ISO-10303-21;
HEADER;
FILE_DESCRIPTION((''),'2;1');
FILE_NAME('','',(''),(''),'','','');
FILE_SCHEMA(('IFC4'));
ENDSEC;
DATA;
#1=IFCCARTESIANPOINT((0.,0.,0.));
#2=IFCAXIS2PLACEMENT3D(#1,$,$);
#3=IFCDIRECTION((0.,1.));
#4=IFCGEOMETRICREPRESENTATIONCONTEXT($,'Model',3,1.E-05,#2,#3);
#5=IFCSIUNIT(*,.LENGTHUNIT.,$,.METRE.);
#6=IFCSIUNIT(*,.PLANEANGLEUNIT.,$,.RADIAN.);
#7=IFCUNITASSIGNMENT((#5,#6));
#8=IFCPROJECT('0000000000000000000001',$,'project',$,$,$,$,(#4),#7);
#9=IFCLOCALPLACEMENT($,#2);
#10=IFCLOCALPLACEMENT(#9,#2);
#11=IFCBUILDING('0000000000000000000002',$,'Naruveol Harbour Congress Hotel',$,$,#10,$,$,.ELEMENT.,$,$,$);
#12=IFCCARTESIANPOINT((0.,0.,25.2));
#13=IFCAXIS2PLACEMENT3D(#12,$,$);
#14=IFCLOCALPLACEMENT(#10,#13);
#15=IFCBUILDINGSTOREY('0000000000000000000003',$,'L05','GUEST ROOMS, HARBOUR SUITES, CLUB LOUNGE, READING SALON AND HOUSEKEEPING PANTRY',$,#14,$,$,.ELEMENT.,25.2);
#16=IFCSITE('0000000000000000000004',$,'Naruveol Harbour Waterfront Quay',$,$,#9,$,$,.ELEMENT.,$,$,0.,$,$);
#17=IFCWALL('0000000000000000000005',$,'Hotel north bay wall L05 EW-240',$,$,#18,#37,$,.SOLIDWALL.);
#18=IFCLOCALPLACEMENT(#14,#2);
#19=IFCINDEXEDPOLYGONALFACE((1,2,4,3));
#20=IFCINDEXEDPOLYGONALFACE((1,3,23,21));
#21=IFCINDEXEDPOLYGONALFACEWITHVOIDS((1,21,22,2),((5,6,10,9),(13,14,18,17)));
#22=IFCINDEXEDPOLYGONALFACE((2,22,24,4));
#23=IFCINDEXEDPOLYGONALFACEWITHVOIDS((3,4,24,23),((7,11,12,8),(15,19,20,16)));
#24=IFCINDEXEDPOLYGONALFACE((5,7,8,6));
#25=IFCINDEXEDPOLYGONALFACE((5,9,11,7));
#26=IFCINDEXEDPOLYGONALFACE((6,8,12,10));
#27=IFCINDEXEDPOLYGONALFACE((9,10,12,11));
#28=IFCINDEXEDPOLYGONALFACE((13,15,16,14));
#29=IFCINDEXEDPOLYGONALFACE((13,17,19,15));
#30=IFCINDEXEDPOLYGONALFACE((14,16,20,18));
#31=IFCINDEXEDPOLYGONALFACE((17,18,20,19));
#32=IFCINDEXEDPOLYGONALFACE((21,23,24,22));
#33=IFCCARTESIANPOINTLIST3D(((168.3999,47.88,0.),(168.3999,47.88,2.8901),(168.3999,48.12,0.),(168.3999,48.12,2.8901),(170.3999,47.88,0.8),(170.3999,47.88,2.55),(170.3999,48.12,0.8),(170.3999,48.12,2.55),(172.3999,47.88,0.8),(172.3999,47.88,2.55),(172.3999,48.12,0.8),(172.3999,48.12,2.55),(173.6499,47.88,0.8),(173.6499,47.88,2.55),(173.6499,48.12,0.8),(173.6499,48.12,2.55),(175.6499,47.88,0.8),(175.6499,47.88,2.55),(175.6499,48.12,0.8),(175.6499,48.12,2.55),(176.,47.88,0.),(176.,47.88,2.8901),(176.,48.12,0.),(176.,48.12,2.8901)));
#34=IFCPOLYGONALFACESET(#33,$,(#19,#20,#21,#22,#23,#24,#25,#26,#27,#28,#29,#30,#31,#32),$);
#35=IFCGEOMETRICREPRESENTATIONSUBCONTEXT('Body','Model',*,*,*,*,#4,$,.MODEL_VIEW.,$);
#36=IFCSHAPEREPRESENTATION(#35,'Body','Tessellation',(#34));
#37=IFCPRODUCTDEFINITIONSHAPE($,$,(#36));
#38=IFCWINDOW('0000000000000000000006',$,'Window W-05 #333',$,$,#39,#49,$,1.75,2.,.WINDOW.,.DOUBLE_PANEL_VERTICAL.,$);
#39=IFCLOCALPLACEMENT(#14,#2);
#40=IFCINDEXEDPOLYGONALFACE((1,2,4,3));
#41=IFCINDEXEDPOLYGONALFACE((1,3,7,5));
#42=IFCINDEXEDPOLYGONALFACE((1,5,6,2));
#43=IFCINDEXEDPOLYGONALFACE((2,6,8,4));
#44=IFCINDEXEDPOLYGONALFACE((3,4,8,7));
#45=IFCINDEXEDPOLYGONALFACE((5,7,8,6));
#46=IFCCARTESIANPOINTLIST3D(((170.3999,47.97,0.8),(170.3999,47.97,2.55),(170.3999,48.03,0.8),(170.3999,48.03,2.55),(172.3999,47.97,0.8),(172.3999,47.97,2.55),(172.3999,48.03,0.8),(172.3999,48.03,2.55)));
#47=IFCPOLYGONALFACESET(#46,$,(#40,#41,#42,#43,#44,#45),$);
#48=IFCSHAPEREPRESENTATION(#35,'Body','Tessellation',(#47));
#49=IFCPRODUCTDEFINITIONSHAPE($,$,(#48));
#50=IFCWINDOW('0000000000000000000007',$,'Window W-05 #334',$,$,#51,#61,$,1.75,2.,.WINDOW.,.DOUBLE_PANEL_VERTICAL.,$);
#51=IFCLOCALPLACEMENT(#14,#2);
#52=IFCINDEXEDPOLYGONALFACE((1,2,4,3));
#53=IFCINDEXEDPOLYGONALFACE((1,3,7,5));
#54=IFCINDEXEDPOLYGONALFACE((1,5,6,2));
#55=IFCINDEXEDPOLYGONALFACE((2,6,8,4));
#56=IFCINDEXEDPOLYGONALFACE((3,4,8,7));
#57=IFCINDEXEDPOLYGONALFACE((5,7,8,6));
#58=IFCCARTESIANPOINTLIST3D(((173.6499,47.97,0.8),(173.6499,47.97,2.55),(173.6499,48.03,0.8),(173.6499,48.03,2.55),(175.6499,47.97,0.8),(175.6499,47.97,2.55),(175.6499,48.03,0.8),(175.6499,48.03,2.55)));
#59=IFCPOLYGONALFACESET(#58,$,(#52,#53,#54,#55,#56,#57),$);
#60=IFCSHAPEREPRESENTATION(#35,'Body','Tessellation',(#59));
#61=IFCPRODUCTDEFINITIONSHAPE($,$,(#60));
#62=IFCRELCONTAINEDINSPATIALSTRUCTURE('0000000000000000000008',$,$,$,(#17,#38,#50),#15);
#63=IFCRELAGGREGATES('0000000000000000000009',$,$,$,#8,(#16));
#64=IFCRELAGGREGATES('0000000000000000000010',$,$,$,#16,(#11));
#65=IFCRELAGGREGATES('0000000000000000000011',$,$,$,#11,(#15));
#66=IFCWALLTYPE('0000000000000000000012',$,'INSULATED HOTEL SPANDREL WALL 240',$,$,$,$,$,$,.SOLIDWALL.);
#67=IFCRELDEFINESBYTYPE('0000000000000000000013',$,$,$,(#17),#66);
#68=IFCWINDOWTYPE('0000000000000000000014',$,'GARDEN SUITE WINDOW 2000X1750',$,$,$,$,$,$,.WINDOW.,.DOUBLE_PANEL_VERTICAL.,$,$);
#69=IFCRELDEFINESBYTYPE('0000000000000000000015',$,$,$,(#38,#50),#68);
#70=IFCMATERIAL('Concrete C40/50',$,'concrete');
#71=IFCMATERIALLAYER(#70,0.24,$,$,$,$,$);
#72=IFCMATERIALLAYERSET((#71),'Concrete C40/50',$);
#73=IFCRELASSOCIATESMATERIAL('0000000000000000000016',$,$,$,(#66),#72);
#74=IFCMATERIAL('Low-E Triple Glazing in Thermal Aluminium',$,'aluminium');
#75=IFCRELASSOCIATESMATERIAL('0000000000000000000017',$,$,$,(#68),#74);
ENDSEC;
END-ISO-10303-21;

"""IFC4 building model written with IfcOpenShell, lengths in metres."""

from ifc_helpers import new_model, si_unit, direction, frame, frame_2d, origin, place, context, subcontext, project, spatial, rectangle, extrude, material, layer, layer_set, type_object, element, fill, save


model = new_model("IFC4")

# Units and contexts
model_context = context("Model", 3, precision=1e-05, world=origin(), true_north=direction((0.0, 1.0)))
body_context = subcontext(model_context, "Body", "Model", "MODEL_VIEW")
ifc_project = project(units=[si_unit("LENGTHUNIT", "METRE"), si_unit("PLANEANGLEUNIT", "RADIAN")], contexts=[model_context])

# Site, building, storey
site_placement = place(None, origin())
site = spatial("IfcSite", under=ifc_project, at=site_placement, Name="Naruveol Harbour Waterfront Quay", CompositionType="ELEMENT", RefElevation=0.0)
building_placement = place(site_placement, origin())
building = spatial("IfcBuilding", under=site, at=building_placement, Name="Naruveol Harbour Congress Hotel", CompositionType="ELEMENT")
storey_placement = place(building_placement, frame((0.0, 0.0, 25.2)))
storey = spatial("IfcBuildingStorey", under=building, at=storey_placement, Name="L05", Description="GUEST ROOMS, HARBOUR SUITES, CLUB LOUNGE, READING SALON AND HOUSEKEEPING PANTRY", CompositionType="ELEMENT", Elevation=25.2)

# Wall, openings, windows
ifc_material_1 = material(Name="Concrete C40/50", Category="concrete")
ifc_layer_1 = layer(ifc_material_1, 0.24)
ifc_layer_set_1 = layer_set([ifc_layer_1], Name="Concrete C40/50")
wall_type_1 = type_object("IfcWallType", Name="INSULATED HOTEL SPANDREL WALL 240", PredefinedType="SOLIDWALL", material=ifc_layer_set_1)
wall_1_placement = place(storey_placement, frame((168.3999, 48.0, 0.0), z_axis=(0.0, 0.0, 1.0), x_axis=(1.0, 0.0, 0.0)))
wall_1 = element("IfcWall", 1, at=wall_1_placement, inside=storey, type_object=wall_type_1, Name="Hotel north bay wall L05 EW-240", PredefinedType="SOLIDWALL", context=body_context, shape_type="SweptSolid", body=[
    extrude(rectangle(XDim=7.6001, YDim=0.24, at=frame_2d((3.8, 0.0))), origin(), (0.0, 0.0, 1.0), 2.8901),
])
opening_1_placement = place(wall_1_placement, frame((2.0, 0.0, 0.8)))
opening_1 = element("IfcOpeningElement", 2, at=opening_1_placement, cuts=wall_1, PredefinedType="OPENING", context=body_context, shape_type="SweptSolid", body=[
    extrude(rectangle(XDim=2.0, YDim=1.75, at=frame_2d((1.0, 0.875))), frame((0.0, 0.1299, 0.0), z_axis=(0.0, -1.0, 0.0), x_axis=(1.0, 0.0, 0.0)), (0.0, 0.0, 1.0), 0.26),
])
opening_2_placement = place(wall_1_placement, frame((5.25, 0.0, 0.8)))
opening_2 = element("IfcOpeningElement", 3, at=opening_2_placement, cuts=wall_1, PredefinedType="OPENING", context=body_context, shape_type="SweptSolid", body=[
    extrude(rectangle(XDim=2.0, YDim=1.75, at=frame_2d((1.0, 0.875))), frame((0.0, 0.1299, 0.0), z_axis=(0.0, -1.0, 0.0), x_axis=(1.0, 0.0, 0.0)), (0.0, 0.0, 1.0), 0.26),
])
ifc_material_2 = material(Name="Low-E Triple Glazing in Thermal Aluminium", Category="aluminium")
window_type_1 = type_object("IfcWindowType", Name="GARDEN SUITE WINDOW 2000X1750", PartitioningType="DOUBLE_PANEL_VERTICAL", PredefinedType="WINDOW", material=ifc_material_2)
window_1_placement = place(opening_1_placement, origin())
window_1 = element("IfcWindow", 4, at=window_1_placement, inside=storey, type_object=window_type_1, Name="Window W-05 #333", OverallHeight=1.75, OverallWidth=2.0, PartitioningType="DOUBLE_PANEL_VERTICAL", PredefinedType="WINDOW", context=body_context, shape_type="SweptSolid", body=[
    extrude(rectangle(XDim=2.0, YDim=1.75, at=frame_2d((1.0, 0.875))), frame((0.0, 0.03, 0.0), z_axis=(0.0, -1.0, 0.0), x_axis=(1.0, 0.0, 0.0)), (0.0, 0.0, 1.0), 0.0601),
])
fill(opening_1, window_1)
window_2_placement = place(opening_2_placement, origin())
window_2 = element("IfcWindow", 5, at=window_2_placement, inside=storey, type_object=window_type_1, Name="Window W-05 #334", OverallHeight=1.75, OverallWidth=2.0, PartitioningType="DOUBLE_PANEL_VERTICAL", PredefinedType="WINDOW", context=body_context, shape_type="SweptSolid", body=[
    extrude(rectangle(XDim=2.0, YDim=1.75, at=frame_2d((1.0, 0.875))), frame((0.0, 0.03, 0.0), z_axis=(0.0, -1.0, 0.0), x_axis=(1.0, 0.0, 0.0)), (0.0, 0.0, 1.0), 0.0601),
])
fill(opening_2, window_2)

save(model, "model.ifc")
